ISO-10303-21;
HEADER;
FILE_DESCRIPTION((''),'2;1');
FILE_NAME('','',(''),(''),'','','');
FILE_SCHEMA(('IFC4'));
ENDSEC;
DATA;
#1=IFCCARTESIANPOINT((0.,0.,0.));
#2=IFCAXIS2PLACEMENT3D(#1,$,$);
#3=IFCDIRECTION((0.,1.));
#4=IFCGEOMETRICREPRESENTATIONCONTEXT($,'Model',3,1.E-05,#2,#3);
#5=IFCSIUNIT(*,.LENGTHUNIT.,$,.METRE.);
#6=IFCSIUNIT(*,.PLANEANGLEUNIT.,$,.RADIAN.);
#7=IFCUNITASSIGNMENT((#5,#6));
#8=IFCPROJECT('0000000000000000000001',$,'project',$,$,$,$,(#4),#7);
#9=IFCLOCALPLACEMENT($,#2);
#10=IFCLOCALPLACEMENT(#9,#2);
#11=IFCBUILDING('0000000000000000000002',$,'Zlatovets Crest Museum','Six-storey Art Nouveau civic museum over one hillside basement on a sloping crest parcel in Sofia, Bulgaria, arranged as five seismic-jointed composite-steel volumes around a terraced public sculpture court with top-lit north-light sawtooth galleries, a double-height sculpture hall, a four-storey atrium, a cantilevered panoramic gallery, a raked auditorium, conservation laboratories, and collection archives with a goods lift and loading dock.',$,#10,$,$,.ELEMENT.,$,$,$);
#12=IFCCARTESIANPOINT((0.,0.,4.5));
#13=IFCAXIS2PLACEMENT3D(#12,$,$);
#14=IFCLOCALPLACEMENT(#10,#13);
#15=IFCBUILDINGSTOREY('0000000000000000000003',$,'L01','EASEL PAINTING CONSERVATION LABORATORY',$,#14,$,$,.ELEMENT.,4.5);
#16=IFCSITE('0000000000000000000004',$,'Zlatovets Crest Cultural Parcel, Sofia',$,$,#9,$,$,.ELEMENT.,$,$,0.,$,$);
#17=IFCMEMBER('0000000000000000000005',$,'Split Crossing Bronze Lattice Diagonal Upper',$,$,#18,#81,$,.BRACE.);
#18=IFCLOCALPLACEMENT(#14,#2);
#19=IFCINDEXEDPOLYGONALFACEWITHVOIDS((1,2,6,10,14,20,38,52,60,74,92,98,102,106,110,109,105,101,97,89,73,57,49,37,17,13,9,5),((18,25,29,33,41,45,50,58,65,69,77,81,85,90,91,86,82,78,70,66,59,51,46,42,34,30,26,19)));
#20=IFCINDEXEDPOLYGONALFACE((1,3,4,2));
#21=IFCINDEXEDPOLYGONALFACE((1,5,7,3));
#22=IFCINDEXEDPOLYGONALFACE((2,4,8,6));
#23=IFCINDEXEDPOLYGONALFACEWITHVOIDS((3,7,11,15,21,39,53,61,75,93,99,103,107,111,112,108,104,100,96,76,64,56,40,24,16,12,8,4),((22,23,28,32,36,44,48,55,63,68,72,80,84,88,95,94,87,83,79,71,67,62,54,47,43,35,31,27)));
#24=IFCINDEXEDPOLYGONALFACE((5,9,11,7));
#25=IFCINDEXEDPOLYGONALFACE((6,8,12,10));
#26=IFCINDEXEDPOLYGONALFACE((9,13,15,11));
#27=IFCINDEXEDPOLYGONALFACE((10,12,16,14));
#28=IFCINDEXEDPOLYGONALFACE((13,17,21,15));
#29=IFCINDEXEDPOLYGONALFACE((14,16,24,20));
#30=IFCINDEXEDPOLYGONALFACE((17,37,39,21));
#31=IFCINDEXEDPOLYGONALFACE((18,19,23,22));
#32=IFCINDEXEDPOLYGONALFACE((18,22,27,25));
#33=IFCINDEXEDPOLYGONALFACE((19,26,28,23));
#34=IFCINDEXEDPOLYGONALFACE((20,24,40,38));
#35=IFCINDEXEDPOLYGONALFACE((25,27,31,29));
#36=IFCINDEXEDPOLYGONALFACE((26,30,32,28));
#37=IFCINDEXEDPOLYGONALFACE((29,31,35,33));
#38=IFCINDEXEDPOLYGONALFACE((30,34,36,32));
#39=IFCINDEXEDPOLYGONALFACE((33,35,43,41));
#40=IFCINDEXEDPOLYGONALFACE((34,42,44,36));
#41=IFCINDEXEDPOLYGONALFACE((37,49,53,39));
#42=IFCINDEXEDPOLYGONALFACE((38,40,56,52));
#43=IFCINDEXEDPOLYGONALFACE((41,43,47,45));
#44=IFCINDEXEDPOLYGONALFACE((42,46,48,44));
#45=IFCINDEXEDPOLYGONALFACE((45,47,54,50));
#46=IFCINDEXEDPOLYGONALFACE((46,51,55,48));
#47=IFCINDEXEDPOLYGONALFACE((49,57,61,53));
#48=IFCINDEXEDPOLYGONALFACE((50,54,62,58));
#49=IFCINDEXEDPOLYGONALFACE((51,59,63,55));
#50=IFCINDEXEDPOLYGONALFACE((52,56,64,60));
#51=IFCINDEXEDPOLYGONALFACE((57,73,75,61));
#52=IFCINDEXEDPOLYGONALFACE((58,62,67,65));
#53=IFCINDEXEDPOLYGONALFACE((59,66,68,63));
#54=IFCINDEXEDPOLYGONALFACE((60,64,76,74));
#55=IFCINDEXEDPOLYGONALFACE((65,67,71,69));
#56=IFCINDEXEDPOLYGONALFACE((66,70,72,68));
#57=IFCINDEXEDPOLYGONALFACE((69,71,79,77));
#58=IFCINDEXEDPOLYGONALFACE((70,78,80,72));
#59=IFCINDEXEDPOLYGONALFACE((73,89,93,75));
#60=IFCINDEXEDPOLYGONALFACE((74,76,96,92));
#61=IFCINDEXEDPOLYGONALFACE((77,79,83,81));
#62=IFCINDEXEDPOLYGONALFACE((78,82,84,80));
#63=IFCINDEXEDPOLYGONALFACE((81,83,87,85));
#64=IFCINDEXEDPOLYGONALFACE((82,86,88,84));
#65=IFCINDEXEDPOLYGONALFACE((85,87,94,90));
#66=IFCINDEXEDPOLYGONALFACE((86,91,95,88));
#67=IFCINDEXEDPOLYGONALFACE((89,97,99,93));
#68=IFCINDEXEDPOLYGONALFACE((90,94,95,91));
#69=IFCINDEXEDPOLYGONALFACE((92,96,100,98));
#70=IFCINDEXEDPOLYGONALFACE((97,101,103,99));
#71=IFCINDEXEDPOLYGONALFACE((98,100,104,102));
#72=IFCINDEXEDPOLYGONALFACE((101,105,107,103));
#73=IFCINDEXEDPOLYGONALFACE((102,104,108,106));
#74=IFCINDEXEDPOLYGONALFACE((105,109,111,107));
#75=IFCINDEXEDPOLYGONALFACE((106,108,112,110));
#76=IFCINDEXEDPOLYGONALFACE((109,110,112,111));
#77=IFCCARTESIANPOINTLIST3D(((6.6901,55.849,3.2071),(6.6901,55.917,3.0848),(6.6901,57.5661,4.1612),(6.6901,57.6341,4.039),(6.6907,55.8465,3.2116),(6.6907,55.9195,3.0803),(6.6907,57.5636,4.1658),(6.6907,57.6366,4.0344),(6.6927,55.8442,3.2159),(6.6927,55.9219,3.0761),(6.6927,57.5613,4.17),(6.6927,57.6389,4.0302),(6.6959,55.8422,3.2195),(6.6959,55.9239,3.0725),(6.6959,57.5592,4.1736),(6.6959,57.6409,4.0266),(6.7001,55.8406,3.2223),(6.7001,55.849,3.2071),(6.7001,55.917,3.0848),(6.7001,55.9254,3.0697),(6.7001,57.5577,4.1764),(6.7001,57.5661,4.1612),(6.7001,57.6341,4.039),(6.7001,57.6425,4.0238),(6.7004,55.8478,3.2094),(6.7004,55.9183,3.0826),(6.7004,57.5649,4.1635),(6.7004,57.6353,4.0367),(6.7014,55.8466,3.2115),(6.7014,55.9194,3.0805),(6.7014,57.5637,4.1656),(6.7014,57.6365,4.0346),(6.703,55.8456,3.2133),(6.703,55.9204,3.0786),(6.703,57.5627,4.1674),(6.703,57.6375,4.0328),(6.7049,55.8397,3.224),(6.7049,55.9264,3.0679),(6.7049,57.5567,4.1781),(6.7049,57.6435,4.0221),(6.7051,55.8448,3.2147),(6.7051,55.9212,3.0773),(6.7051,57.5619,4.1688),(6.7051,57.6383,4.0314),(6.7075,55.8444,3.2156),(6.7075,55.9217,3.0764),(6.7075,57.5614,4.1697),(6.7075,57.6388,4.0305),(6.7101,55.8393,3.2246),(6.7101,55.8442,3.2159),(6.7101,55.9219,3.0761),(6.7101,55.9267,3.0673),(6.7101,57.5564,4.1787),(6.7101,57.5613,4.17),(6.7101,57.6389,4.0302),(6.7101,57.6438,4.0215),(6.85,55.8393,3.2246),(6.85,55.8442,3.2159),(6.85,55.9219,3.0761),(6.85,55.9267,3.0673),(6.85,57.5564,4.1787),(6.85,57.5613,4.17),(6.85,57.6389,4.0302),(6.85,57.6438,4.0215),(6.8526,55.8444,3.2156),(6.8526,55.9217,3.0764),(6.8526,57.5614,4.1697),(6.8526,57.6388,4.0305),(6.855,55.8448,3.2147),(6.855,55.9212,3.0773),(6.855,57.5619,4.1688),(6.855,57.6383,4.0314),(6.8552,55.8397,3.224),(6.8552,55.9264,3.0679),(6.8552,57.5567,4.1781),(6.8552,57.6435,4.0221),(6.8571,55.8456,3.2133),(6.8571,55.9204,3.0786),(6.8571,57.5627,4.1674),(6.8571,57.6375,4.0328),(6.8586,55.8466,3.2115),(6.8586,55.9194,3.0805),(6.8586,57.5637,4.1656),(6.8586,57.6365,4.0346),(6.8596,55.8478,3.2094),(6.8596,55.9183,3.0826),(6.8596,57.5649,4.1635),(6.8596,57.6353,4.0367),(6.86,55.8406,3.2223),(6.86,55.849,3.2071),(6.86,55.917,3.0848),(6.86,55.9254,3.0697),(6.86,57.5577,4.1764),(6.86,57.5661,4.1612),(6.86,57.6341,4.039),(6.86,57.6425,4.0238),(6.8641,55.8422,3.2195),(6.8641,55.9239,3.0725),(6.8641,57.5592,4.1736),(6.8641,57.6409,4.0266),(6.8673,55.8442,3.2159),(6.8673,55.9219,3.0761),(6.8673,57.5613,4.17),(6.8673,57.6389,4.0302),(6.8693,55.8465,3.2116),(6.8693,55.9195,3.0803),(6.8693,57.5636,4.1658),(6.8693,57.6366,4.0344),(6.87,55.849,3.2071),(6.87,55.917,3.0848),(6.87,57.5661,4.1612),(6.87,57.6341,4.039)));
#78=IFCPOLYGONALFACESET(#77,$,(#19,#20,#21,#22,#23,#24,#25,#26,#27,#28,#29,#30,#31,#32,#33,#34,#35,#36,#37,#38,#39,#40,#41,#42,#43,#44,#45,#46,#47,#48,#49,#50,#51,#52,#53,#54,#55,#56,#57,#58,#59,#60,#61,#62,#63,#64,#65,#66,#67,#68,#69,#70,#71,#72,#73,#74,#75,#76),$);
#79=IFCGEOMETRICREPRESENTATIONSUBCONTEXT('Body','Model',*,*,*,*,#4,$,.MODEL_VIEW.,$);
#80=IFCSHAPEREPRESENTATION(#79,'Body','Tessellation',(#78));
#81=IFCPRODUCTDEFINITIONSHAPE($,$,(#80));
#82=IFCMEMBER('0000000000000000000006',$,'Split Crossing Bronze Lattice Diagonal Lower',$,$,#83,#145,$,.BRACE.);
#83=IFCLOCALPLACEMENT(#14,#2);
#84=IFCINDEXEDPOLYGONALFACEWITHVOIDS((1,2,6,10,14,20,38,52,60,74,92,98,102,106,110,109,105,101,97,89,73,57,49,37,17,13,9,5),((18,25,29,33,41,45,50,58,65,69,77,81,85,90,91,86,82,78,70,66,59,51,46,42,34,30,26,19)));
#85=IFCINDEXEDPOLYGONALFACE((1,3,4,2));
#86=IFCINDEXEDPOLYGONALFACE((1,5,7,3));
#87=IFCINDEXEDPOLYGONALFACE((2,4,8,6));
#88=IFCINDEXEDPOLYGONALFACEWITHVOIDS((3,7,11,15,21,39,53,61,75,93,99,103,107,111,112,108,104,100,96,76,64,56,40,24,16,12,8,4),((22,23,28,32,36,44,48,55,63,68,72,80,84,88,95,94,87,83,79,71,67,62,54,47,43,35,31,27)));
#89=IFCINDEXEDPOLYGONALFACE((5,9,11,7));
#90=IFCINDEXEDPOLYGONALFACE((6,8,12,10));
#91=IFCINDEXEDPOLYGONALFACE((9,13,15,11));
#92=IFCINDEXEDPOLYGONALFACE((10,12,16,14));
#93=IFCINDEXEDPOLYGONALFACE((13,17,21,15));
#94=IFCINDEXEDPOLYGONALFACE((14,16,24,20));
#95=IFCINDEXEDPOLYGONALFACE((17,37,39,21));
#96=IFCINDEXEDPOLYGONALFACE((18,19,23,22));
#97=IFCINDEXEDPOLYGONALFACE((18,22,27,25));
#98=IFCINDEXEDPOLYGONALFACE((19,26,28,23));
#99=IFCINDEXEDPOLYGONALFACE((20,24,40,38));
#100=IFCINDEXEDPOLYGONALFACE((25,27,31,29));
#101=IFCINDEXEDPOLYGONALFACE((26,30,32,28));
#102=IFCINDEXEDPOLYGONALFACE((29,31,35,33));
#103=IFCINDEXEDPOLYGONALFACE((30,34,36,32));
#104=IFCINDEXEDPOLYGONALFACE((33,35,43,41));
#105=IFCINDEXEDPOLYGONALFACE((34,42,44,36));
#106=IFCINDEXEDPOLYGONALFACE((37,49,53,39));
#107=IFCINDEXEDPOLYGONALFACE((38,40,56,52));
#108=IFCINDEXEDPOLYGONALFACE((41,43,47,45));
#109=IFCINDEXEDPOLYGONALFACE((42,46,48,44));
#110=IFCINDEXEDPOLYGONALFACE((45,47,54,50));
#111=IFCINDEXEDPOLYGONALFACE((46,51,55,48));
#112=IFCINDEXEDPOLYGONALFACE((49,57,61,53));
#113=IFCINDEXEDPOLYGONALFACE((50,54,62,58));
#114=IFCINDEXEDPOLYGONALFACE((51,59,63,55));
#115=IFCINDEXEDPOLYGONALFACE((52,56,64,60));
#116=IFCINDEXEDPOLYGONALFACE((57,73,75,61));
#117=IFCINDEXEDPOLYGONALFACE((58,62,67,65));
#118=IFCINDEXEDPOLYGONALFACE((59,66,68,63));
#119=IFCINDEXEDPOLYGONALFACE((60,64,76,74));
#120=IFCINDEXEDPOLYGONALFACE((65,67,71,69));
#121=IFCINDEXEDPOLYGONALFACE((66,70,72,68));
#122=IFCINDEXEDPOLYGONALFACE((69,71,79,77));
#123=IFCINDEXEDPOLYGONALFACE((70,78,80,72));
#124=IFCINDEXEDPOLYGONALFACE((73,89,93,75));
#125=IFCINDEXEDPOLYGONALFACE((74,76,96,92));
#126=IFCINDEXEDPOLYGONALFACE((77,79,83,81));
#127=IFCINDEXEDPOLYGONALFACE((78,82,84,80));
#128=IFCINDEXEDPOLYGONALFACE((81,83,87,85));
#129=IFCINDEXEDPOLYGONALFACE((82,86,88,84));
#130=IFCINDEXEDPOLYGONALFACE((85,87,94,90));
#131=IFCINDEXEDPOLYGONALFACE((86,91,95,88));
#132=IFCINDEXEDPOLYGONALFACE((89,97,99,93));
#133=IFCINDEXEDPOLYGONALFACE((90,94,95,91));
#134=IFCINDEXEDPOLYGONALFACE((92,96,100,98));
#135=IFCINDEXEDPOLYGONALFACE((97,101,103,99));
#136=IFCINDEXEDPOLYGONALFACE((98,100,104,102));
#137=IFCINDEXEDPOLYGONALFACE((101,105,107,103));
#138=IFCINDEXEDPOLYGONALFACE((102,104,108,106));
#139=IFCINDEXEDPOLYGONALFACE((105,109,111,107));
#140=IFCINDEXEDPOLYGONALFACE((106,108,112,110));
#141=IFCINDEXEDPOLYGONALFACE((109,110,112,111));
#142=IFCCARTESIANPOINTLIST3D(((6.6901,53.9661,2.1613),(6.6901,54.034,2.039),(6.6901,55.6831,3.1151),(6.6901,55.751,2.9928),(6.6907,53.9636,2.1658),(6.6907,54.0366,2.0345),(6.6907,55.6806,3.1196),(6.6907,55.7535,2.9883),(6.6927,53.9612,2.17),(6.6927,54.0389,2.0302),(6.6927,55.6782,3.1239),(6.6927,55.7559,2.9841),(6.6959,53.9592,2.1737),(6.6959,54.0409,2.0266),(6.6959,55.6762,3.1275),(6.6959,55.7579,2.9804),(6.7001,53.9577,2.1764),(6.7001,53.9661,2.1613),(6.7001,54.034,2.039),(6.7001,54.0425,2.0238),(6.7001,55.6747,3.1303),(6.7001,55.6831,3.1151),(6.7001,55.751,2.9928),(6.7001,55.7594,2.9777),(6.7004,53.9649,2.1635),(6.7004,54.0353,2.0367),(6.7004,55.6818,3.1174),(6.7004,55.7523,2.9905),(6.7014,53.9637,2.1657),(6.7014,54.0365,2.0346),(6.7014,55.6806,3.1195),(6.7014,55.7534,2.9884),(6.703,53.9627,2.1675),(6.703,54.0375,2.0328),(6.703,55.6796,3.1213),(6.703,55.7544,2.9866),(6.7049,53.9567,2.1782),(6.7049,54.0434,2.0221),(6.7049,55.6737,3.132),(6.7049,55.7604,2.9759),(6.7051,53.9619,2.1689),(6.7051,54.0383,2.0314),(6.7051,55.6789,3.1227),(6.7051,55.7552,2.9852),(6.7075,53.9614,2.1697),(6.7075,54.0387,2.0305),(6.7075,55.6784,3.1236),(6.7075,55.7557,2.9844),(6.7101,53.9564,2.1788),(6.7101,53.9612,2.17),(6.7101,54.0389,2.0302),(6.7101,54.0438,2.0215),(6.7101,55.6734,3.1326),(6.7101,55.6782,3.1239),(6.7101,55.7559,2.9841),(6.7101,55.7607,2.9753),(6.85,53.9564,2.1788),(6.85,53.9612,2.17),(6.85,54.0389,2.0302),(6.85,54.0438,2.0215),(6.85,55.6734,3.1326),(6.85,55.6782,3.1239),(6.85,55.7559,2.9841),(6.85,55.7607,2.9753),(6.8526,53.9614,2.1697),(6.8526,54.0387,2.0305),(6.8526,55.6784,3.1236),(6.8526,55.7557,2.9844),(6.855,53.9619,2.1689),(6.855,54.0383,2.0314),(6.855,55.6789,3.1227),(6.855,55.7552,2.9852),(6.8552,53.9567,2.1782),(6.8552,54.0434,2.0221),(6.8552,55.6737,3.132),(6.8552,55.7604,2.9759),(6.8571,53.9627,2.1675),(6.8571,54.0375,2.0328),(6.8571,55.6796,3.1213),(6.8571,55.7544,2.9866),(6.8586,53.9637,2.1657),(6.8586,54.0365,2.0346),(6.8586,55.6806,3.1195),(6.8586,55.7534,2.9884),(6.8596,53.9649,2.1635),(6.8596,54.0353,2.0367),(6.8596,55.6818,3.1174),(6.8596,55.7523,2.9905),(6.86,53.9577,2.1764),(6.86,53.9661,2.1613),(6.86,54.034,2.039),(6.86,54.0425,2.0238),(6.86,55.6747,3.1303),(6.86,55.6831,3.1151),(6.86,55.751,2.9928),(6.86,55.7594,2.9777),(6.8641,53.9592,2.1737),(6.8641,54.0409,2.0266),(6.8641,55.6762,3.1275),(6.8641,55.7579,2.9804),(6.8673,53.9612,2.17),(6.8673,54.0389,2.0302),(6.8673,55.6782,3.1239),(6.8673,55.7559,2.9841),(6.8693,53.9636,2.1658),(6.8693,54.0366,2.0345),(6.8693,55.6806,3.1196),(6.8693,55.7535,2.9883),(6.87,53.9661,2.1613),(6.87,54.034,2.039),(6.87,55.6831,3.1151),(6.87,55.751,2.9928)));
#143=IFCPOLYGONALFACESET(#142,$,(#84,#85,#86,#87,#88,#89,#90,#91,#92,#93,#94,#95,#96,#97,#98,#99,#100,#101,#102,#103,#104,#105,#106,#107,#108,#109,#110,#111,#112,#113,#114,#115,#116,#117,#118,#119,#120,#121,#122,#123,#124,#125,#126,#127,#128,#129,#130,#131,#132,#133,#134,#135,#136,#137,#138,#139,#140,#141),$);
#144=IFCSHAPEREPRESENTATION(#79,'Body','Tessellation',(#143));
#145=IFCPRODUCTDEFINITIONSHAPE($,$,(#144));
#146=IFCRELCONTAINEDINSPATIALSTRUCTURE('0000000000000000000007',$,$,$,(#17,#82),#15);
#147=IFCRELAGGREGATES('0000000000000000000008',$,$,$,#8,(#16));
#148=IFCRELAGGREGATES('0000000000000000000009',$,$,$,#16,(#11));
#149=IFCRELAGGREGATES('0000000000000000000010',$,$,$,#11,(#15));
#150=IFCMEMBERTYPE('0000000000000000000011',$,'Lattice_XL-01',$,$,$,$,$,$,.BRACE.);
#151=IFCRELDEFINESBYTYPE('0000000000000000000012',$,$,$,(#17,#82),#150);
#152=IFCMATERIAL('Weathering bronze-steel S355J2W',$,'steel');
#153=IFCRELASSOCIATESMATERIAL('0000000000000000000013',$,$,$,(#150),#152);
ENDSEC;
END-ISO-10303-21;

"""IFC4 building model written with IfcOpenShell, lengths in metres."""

from ifc_helpers import new_model, si_unit, direction, frame, origin, origin_2d, place, context, subcontext, project, spatial, hollow_rectangle, extrude, material, material_profile, profile_set, type_object, element, save


model = new_model("IFC4")

# Units and contexts
model_context = context("Model", 3, precision=1e-05, world=origin(), true_north=direction((0.0, 1.0)))
body_context = subcontext(model_context, "Body", "Model", "MODEL_VIEW")
ifc_project = project(units=[si_unit("LENGTHUNIT", "METRE"), si_unit("PLANEANGLEUNIT", "RADIAN")], contexts=[model_context])

# Site, building, storey
site_placement = place(None, origin())
site = spatial("IfcSite", under=ifc_project, at=site_placement, Name="Zlatovets Crest Cultural Parcel, Sofia", CompositionType="ELEMENT", RefElevation=0.0)
building_placement = place(site_placement, origin())
building = spatial("IfcBuilding", under=site, at=building_placement, Name="Zlatovets Crest Museum", Description="Six-storey Art Nouveau civic museum over one hillside basement on a sloping crest parcel in Sofia, Bulgaria, arranged as five seismic-jointed composite-steel volumes around a terraced public sculpture court with top-lit north-light sawtooth galleries, a double-height sculpture hall, a four-storey atrium, a cantilevered panoramic gallery, a raked auditorium, conservation laboratories, and collection archives with a goods lift and loading dock.", CompositionType="ELEMENT")
storey_placement = place(building_placement, frame((0.0, 0.0, 4.5)))
storey = spatial("IfcBuildingStorey", under=building, at=storey_placement, Name="L01", Description="EASEL PAINTING CONSERVATION LABORATORY", CompositionType="ELEMENT", Elevation=4.5)

# Members
ifc_material_1 = material(Name="Weathering bronze-steel S355J2W", Category="steel")
ifc_material_profile_1 = material_profile(ifc_material_1, hollow_rectangle(XDim=0.1799, YDim=0.1799, WallThickness=0.01, InnerFilletRadius=0.01, OuterFilletRadius=0.02, at=origin_2d()), Name="SHS 180x180x10.0")
ifc_profile_set_1 = profile_set([ifc_material_profile_1], Name="Weathering bronze-steel S355J2W")
member_type_1 = type_object("IfcMemberType", Name="Lattice_XL-01", PredefinedType="BRACE", material=ifc_profile_set_1)
member_1_placement = place(storey_placement, frame((6.78, 57.6001, 4.1001), z_axis=(0.0, -0.874116, -0.485717), x_axis=(1.0, 0.0, 0.0)))
element("IfcMember", 1, at=member_1_placement, inside=storey, type_object=member_type_1, Name="Split Crossing Bronze Lattice Diagonal Upper", PredefinedType="BRACE", context=body_context, shape_type="SweptSolid", body=[
    extrude(hollow_rectangle(XDim=0.1799, YDim=0.1799, WallThickness=0.01, InnerFilletRadius=0.01, OuterFilletRadius=0.02, at=origin_2d()), origin(), (0.0, 0.0, 1.0), 1.9644),
])
member_2_placement = place(storey_placement, frame((6.78, 55.717, 3.054), z_axis=(0.0, -0.874169, -0.485622), x_axis=(1.0, 0.0, 0.0)))
element("IfcMember", 2, at=member_2_placement, inside=storey, type_object=member_type_1, Name="Split Crossing Bronze Lattice Diagonal Lower", PredefinedType="BRACE", context=body_context, shape_type="SweptSolid", body=[
    extrude(hollow_rectangle(XDim=0.1799, YDim=0.1799, WallThickness=0.01, InnerFilletRadius=0.01, OuterFilletRadius=0.02, at=origin_2d()), origin(), (0.0, 0.0, 1.0), 1.9641),
])

save(model, "model.ifc")
